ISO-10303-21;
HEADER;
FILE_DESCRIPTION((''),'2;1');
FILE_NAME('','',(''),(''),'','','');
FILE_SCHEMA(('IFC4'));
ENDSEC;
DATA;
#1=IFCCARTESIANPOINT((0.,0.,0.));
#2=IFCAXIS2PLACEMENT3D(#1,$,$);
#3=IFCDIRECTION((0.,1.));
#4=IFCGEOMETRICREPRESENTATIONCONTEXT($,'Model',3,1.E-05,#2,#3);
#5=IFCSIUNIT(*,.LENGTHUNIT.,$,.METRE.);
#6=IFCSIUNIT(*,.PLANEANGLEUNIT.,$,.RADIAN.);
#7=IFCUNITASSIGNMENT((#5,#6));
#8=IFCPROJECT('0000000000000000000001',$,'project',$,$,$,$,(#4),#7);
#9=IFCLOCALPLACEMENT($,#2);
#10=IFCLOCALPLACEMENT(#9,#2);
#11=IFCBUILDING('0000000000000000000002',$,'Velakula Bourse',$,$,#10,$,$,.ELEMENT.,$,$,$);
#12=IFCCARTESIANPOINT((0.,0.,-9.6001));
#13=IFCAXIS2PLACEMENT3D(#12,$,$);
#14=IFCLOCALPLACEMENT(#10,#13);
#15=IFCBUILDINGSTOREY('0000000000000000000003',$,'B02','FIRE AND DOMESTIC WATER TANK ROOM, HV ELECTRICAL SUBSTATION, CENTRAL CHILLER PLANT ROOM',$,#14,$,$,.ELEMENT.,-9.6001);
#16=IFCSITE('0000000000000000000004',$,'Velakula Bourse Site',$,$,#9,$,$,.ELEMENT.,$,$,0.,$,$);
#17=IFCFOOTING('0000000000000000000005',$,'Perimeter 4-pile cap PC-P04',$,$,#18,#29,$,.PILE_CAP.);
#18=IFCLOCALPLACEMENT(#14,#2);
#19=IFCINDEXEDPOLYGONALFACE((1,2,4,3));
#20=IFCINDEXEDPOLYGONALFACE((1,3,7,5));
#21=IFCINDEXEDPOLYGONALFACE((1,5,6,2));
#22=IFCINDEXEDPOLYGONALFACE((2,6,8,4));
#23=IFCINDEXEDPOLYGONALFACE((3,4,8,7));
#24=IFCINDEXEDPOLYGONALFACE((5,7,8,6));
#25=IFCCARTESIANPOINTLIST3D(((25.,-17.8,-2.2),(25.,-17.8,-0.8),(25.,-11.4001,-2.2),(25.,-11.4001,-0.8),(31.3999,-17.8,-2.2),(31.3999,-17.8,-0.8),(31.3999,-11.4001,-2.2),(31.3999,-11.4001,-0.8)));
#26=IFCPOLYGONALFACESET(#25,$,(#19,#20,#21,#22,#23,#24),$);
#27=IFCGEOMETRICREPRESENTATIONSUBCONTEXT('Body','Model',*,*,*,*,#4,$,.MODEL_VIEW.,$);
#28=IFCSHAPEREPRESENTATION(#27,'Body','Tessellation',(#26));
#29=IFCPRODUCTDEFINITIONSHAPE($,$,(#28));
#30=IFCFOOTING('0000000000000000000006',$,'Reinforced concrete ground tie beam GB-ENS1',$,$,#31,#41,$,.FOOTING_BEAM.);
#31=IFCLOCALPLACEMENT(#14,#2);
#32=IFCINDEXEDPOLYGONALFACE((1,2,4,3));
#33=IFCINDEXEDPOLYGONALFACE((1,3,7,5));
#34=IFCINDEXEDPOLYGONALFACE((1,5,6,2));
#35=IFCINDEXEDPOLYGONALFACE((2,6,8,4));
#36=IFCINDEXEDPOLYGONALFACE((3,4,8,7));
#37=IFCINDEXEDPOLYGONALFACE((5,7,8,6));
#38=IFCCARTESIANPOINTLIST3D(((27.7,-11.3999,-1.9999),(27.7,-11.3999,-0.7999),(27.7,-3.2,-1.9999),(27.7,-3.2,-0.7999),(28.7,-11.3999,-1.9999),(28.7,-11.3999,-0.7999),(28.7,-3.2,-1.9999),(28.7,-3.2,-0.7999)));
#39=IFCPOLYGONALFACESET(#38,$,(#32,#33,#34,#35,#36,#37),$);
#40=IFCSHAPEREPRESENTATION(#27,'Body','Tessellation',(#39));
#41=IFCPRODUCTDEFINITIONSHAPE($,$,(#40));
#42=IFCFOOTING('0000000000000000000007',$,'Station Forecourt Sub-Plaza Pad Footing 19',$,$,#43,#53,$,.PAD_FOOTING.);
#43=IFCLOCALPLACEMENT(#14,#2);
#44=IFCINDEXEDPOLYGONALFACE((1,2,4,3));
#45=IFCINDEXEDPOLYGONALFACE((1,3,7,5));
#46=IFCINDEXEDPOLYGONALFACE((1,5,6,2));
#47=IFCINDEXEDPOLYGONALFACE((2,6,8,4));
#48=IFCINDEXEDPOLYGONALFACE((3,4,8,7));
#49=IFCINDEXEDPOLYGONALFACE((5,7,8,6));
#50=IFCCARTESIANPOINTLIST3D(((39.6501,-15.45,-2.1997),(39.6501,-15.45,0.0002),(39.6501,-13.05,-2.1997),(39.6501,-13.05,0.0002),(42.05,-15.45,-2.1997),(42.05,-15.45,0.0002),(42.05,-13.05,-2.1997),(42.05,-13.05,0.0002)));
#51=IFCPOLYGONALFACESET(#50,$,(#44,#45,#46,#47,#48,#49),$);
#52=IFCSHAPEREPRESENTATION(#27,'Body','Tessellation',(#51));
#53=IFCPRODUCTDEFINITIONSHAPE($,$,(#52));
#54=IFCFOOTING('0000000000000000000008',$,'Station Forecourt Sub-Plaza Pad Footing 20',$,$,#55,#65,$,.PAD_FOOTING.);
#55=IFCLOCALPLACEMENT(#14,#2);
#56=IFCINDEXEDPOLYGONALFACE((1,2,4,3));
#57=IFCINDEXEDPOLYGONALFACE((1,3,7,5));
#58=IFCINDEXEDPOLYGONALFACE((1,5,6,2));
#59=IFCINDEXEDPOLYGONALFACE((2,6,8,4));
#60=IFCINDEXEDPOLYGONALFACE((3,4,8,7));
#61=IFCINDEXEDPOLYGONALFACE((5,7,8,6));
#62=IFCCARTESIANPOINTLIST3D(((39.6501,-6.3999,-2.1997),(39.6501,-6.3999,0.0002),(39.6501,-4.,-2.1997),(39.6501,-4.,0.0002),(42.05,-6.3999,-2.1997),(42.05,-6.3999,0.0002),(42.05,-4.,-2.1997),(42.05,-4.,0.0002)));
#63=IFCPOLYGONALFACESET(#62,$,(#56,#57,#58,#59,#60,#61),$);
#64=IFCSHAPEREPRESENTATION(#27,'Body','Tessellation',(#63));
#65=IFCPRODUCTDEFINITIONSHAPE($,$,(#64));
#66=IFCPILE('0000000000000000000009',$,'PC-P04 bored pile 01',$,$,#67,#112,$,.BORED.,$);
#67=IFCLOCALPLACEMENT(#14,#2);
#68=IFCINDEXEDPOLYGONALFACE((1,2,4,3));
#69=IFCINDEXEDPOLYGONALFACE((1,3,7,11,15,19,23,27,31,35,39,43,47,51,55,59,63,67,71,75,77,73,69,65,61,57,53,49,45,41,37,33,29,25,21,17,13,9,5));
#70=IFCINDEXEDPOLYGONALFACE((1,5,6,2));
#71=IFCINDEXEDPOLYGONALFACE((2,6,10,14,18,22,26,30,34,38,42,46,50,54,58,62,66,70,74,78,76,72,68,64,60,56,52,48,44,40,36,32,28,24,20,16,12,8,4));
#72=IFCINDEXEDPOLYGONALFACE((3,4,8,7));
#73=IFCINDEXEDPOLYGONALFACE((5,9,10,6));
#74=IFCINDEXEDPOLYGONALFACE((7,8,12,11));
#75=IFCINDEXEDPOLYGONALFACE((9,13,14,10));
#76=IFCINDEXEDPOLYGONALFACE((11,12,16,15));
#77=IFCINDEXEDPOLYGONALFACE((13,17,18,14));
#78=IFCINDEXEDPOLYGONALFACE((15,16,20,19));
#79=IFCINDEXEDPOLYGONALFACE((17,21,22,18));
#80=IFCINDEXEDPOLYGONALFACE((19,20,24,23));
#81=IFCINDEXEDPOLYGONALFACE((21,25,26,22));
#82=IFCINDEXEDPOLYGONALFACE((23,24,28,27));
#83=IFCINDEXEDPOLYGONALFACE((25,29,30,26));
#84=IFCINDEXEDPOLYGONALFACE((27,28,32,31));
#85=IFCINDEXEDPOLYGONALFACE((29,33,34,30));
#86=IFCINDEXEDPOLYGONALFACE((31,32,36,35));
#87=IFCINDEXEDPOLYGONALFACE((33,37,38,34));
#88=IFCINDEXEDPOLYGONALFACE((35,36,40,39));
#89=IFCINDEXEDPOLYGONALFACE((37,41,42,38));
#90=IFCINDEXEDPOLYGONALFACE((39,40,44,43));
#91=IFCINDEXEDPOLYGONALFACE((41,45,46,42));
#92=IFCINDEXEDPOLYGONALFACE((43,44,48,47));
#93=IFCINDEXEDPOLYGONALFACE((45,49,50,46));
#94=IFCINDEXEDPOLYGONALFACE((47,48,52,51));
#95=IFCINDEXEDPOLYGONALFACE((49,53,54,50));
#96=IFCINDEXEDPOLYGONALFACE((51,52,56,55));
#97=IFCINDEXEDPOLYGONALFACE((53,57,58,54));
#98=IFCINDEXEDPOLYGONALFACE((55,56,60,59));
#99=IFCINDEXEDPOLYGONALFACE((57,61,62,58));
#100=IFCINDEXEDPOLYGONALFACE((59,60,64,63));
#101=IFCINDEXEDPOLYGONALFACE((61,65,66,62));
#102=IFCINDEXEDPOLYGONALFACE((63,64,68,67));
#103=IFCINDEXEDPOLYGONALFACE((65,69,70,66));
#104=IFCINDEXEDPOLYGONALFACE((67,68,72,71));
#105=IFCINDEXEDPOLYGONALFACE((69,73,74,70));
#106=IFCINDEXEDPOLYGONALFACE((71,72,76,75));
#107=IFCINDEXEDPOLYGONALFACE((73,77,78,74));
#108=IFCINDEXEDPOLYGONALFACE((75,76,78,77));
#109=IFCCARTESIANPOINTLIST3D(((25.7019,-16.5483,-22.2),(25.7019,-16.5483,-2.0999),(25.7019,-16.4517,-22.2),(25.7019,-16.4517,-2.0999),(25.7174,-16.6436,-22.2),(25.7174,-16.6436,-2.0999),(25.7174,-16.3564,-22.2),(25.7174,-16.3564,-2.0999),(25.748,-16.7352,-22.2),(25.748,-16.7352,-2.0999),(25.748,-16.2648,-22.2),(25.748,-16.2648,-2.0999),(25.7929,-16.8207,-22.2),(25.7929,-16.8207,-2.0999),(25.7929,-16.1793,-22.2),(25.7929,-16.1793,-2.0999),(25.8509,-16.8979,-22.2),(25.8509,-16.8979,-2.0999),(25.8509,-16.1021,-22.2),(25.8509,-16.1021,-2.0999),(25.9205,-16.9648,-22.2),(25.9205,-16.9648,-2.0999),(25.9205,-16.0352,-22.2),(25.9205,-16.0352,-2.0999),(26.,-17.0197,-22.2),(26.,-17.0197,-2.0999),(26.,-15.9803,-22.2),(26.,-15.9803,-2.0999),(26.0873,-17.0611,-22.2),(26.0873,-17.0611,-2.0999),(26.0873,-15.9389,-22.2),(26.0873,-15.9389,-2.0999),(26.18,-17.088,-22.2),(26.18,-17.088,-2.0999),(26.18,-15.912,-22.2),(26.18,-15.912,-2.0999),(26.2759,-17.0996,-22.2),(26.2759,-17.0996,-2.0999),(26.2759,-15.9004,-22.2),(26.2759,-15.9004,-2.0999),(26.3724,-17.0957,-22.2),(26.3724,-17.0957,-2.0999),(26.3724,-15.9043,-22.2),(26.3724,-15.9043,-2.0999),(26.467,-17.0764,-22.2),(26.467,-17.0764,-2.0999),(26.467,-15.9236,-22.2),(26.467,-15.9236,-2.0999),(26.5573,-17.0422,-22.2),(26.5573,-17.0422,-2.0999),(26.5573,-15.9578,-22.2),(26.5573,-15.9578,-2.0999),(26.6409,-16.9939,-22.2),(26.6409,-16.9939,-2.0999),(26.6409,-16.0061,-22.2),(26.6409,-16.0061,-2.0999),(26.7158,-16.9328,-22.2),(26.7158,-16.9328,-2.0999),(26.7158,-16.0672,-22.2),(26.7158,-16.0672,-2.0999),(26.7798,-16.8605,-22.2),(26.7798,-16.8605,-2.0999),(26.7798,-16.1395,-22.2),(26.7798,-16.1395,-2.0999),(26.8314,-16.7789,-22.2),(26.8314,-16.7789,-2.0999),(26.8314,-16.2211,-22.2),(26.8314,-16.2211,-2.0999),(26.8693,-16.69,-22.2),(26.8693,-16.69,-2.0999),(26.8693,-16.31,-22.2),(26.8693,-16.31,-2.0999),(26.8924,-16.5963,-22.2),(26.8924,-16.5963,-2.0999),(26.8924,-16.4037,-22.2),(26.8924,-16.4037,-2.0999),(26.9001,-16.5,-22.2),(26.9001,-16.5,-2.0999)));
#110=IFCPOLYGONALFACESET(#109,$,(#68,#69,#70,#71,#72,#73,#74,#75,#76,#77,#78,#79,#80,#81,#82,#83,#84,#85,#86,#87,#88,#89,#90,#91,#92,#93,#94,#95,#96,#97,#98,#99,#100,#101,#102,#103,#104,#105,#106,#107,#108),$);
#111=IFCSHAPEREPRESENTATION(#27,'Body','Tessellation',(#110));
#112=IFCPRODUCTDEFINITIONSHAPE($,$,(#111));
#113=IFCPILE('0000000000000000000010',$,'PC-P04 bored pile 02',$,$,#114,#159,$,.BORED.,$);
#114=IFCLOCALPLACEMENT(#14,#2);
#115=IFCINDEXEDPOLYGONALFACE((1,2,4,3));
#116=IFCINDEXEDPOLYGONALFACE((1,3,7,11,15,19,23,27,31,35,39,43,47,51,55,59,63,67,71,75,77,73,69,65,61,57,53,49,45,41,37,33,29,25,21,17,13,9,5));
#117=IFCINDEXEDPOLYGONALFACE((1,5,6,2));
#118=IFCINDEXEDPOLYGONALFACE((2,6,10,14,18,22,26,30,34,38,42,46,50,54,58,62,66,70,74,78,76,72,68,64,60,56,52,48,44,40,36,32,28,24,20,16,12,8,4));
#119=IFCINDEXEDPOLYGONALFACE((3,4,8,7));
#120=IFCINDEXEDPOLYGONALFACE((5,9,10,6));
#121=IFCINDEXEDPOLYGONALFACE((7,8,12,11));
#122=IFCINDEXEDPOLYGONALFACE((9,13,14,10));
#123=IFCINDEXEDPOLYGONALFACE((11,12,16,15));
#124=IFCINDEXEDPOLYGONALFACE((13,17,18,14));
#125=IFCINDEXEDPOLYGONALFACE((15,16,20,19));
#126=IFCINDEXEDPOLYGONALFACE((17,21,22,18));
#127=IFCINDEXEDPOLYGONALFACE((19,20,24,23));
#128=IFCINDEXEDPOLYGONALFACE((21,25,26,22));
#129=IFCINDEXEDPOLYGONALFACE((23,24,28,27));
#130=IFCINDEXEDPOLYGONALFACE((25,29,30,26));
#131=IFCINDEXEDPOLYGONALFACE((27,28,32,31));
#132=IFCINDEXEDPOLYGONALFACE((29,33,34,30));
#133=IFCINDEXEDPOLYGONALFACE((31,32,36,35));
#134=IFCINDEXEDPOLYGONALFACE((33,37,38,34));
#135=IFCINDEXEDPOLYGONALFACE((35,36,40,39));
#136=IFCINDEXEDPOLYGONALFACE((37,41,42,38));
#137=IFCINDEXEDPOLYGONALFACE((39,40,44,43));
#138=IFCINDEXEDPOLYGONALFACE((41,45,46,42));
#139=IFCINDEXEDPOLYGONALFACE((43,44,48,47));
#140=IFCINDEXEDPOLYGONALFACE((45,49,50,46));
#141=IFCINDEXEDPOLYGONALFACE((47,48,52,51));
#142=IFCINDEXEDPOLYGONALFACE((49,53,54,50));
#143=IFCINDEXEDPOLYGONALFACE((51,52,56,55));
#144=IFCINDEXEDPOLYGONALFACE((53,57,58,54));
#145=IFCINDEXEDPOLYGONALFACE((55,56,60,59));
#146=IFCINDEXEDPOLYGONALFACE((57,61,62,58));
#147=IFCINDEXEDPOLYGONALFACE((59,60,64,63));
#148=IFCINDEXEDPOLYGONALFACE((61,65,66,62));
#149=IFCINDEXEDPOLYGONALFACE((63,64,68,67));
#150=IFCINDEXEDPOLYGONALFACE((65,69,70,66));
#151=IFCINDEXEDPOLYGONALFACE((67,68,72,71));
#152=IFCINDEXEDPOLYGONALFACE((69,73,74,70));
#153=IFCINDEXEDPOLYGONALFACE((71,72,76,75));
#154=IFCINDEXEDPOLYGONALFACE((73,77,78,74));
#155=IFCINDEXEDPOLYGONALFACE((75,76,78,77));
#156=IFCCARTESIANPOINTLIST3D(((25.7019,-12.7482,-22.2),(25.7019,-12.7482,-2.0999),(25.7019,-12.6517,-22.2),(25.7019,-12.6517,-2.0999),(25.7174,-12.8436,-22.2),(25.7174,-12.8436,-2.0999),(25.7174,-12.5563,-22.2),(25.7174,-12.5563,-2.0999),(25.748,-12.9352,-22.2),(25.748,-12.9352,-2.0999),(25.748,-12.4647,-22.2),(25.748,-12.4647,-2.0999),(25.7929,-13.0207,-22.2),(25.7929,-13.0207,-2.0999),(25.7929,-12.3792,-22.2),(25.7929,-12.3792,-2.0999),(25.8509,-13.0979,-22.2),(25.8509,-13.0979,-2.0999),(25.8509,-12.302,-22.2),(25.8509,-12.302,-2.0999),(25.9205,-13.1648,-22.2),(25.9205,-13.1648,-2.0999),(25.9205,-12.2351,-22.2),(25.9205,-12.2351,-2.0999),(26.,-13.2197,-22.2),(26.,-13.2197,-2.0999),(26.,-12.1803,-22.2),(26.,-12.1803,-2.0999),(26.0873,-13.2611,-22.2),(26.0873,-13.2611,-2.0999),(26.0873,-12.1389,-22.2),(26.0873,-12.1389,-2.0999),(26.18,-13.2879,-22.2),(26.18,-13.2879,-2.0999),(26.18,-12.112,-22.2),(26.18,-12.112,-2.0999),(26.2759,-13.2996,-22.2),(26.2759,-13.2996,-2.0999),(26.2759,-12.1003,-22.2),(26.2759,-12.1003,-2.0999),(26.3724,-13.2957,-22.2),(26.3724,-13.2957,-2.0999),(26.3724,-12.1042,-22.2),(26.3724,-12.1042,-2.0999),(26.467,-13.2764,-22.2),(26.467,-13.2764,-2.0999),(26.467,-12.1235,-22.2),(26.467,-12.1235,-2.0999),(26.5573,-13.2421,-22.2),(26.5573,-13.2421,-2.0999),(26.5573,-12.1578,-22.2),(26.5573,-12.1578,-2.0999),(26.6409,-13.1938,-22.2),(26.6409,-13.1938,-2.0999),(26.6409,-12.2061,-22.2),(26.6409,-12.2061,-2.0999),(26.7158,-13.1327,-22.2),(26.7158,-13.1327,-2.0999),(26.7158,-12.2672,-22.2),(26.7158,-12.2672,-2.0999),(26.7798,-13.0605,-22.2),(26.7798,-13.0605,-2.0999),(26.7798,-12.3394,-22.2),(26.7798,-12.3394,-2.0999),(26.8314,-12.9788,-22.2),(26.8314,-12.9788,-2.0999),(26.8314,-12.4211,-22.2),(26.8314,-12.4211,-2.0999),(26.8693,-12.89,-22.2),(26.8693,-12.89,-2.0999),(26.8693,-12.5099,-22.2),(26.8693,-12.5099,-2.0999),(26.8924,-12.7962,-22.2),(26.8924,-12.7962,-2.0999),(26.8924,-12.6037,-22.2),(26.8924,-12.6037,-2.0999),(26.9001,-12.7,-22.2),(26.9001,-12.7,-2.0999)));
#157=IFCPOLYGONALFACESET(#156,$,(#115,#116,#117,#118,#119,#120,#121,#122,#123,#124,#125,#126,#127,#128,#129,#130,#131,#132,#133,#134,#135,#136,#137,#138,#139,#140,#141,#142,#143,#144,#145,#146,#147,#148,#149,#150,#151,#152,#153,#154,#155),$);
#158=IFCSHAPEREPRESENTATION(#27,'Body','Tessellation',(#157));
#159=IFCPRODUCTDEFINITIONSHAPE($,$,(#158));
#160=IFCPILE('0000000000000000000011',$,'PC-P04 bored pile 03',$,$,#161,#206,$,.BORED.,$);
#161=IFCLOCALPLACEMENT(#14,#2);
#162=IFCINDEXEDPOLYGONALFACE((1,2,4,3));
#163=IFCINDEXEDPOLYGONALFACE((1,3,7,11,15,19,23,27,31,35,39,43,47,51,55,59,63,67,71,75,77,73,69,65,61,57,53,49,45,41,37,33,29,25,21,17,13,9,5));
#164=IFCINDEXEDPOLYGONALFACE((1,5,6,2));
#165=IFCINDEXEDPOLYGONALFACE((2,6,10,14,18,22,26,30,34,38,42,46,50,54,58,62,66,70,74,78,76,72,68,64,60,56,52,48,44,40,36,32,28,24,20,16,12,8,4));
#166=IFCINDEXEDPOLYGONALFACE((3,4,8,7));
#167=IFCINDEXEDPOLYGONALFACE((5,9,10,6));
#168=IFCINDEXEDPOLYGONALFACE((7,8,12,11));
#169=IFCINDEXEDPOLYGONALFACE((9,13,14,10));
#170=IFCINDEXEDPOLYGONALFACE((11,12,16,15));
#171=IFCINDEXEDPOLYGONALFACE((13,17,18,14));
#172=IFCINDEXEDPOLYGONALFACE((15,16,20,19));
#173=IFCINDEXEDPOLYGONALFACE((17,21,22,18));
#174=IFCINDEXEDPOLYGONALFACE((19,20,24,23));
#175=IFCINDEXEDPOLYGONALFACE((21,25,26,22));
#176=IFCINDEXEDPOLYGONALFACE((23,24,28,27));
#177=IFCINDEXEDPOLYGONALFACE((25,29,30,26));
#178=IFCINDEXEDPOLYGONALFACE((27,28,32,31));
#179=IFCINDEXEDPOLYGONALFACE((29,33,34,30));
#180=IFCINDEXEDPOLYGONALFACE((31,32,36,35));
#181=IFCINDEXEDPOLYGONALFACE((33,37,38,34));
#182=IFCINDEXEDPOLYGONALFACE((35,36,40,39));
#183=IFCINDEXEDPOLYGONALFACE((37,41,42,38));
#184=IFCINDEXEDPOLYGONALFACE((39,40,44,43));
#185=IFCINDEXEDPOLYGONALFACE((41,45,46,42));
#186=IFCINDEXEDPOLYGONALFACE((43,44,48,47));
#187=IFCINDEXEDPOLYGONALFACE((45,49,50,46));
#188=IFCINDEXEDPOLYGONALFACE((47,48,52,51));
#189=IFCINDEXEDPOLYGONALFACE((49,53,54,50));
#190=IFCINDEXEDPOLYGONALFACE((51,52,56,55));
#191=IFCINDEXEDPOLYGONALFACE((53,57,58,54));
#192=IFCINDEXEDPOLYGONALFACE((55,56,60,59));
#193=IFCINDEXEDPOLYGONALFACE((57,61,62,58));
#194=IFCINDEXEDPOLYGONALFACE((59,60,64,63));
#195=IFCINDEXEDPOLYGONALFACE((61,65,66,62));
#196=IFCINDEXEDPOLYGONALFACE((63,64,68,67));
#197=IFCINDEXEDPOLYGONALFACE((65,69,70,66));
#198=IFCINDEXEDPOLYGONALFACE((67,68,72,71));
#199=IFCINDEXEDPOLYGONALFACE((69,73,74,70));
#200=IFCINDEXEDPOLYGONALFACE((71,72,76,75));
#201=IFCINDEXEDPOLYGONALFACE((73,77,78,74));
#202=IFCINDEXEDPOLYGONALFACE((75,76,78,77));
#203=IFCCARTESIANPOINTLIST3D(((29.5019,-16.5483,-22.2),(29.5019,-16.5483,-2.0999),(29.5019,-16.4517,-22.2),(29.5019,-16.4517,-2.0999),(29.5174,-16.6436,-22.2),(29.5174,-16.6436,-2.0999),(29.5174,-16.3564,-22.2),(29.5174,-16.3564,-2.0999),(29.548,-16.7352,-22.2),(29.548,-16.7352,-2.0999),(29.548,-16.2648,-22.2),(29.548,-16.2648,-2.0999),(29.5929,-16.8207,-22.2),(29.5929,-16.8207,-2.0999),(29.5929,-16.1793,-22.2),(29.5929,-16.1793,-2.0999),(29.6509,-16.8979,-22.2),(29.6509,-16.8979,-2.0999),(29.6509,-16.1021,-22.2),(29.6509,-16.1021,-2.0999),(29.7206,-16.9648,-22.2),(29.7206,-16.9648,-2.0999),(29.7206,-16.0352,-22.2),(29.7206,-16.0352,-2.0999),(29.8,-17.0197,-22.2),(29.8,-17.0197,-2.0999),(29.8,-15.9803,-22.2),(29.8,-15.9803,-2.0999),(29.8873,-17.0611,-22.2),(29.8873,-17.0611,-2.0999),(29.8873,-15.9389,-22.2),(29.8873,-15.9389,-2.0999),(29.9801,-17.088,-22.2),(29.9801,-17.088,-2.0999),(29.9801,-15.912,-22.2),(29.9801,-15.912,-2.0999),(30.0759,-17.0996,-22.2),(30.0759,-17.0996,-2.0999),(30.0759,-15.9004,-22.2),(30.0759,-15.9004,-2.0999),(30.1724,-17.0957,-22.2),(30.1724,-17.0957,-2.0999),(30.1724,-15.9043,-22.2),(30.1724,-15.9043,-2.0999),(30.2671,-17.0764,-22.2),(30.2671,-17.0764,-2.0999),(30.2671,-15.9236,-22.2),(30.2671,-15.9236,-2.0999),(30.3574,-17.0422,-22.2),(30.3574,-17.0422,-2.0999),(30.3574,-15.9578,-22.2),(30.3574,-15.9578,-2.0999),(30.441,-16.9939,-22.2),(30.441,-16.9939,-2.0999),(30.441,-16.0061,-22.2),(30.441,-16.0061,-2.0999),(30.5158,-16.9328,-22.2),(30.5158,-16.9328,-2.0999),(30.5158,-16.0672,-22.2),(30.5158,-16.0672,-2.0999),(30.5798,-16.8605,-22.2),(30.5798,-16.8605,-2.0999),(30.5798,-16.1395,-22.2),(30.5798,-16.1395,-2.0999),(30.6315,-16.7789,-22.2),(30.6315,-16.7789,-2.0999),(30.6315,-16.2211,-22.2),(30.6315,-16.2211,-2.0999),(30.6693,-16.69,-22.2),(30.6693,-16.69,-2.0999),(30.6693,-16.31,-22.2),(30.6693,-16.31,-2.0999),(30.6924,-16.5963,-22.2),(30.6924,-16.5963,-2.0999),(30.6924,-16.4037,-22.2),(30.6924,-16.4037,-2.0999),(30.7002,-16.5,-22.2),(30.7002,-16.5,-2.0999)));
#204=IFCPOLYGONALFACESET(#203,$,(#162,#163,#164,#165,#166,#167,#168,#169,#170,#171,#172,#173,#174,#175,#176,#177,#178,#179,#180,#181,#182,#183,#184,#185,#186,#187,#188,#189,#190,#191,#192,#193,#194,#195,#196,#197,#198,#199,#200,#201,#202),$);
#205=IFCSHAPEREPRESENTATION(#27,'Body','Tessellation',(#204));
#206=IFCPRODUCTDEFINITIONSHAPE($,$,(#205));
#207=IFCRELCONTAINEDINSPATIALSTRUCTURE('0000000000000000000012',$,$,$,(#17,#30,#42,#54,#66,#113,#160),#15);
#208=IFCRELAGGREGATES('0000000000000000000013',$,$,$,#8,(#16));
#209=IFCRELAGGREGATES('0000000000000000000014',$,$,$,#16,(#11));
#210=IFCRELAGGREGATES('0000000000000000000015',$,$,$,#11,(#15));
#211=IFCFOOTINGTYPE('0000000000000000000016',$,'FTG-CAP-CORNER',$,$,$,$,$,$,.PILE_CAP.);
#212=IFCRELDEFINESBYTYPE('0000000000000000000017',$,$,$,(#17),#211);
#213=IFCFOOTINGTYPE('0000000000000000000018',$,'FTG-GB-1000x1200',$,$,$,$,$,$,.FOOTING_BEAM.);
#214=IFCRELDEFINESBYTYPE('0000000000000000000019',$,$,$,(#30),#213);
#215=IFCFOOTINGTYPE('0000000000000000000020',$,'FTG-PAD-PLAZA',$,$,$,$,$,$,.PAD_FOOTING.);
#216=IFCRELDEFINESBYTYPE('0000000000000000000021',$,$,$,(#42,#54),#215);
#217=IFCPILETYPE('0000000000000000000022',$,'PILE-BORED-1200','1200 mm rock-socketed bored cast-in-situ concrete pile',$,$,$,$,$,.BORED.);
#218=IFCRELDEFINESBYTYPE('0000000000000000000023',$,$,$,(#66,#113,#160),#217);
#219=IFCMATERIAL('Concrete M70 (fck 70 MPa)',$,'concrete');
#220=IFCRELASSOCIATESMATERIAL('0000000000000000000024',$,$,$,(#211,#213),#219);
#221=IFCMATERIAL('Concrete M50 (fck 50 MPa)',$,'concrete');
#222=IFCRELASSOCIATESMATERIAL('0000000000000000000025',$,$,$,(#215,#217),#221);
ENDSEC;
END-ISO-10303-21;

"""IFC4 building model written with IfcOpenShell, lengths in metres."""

from ifc_helpers import new_model, si_unit, direction, frame, origin, origin_2d, place, context, subcontext, project, spatial, rectangle, circle, extrude, material, material_profile, profile_set, type_object, element, save


model = new_model("IFC4")

# Units and contexts
model_context = context("Model", 3, precision=1e-05, world=origin(), true_north=direction((0.0, 1.0)))
body_context = subcontext(model_context, "Body", "Model", "MODEL_VIEW")
ifc_project = project(units=[si_unit("LENGTHUNIT", "METRE"), si_unit("PLANEANGLEUNIT", "RADIAN")], contexts=[model_context])

# Site, building, storey
site_placement = place(None, origin())
site = spatial("IfcSite", under=ifc_project, at=site_placement, Name="Velakula Bourse Site", CompositionType="ELEMENT", RefElevation=0.0)
building_placement = place(site_placement, origin())
building = spatial("IfcBuilding", under=site, at=building_placement, Name="Velakula Bourse", CompositionType="ELEMENT")
storey_placement = place(building_placement, frame((0.0, 0.0, -9.6001)))
storey = spatial("IfcBuildingStorey", under=building, at=storey_placement, Name="B02", Description="FIRE AND DOMESTIC WATER TANK ROOM, HV ELECTRICAL SUBSTATION, CENTRAL CHILLER PLANT ROOM", CompositionType="ELEMENT", Elevation=-9.6001)

# Footings
ifc_material_1 = material(Name="Concrete M70 (fck 70 MPa)", Category="concrete")
footing_type_1 = type_object("IfcFootingType", Name="FTG-CAP-CORNER", PredefinedType="PILE_CAP", material=ifc_material_1)
footing_1_placement = place(storey_placement, frame((28.2, -14.6001, -2.2), z_axis=(0.0, 0.0, 1.0), x_axis=(1.0, 0.0, 0.0)))
element("IfcFooting", 1, at=footing_1_placement, inside=storey, type_object=footing_type_1, Name="Perimeter 4-pile cap PC-P04", PredefinedType="PILE_CAP", context=body_context, shape_type="SweptSolid", body=[
    extrude(rectangle(XDim=6.3999, YDim=6.3999, at=origin_2d()), origin(), (0.0, 0.0, 1.0), 1.3999),
])
ifc_material_profile_1 = material_profile(ifc_material_1, rectangle(XDim=1.0, YDim=1.2, at=origin_2d()), Name="Concrete M70 (fck 70 MPa)")
ifc_profile_set_1 = profile_set([ifc_material_profile_1], Name="Concrete M70 (fck 70 MPa)")
footing_type_2 = type_object("IfcFootingType", Name="FTG-GB-1000x1200", PredefinedType="FOOTING_BEAM", material=ifc_profile_set_1)
footing_2_placement = place(storey_placement, frame((28.2, -11.3999, -1.3999), z_axis=(0.0, 1.0, 0.0), x_axis=(-1.0, 0.0, 0.0)))
element("IfcFooting", 2, at=footing_2_placement, inside=storey, type_object=footing_type_2, Name="Reinforced concrete ground tie beam GB-ENS1", PredefinedType="FOOTING_BEAM", context=body_context, shape_type="SweptSolid", body=[
    extrude(rectangle(XDim=1.0, YDim=1.2, at=origin_2d()), origin(), (0.0, 0.0, 1.0), 8.2),
])
ifc_material_2 = material(Name="Concrete M50 (fck 50 MPa)", Category="concrete")
footing_type_3 = type_object("IfcFootingType", Name="FTG-PAD-PLAZA", PredefinedType="PAD_FOOTING", material=ifc_material_2)
for number, where, z_axis, x_axis, name in (
    (3, (40.8501, -14.25, -2.1997), (0.0, 0.0, 1.0), (1.0, 0.0, 0.0), "Station Forecourt Sub-Plaza Pad Footing 19"),
    (4, (40.8501, -5.2, -2.1997), (0.0, 0.0, 1.0), (1.0, 0.0, 0.0), "Station Forecourt Sub-Plaza Pad Footing 20"),
):
    element("IfcFooting", number, at=place(storey_placement, frame(where, z_axis=z_axis, x_axis=x_axis)), inside=storey, type_object=footing_type_3, Name=name, PredefinedType="PAD_FOOTING", context=body_context, shape_type="SweptSolid", body=[
        extrude(rectangle(XDim=2.3999, YDim=2.3999, at=origin_2d()), origin(), (0.0, 0.0, 1.0), 2.2),
    ])

# Piles
ifc_material_profile_2 = material_profile(ifc_material_2, circle(Radius=0.6001, at=origin_2d()), Name="Concrete M50 (fck 50 MPa)")
ifc_profile_set_2 = profile_set([ifc_material_profile_2], Name="Concrete M50 (fck 50 MPa)")
pile_type_1 = type_object("IfcPileType", Name="PILE-BORED-1200", Description="1200 mm rock-socketed bored cast-in-situ concrete pile", PredefinedType="BORED", material=ifc_profile_set_2)
for number, where, z_axis, x_axis, name in (
    (5, (26.3, -16.5, -2.0999), (0.0, 0.0, -1.0), (1.0, 0.0, 0.0), "PC-P04 bored pile 01"),
    (6, (26.3, -12.7, -2.0999), (0.0, 0.0, -1.0), (1.0, 0.0, 0.0), "PC-P04 bored pile 02"),
    (7, (30.1001, -16.5, -2.0999), (0.0, 0.0, -1.0), (1.0, 0.0, 0.0), "PC-P04 bored pile 03"),
):
    element("IfcPile", number, at=place(storey_placement, frame(where, z_axis=z_axis, x_axis=x_axis)), inside=storey, type_object=pile_type_1, Name=name, PredefinedType="BORED", context=body_context, shape_type="SweptSolid", body=[
        extrude(circle(Radius=0.6001, at=origin_2d()), origin(), (0.0, 0.0, 1.0), 20.1001),
    ])

save(model, "model.ifc")
